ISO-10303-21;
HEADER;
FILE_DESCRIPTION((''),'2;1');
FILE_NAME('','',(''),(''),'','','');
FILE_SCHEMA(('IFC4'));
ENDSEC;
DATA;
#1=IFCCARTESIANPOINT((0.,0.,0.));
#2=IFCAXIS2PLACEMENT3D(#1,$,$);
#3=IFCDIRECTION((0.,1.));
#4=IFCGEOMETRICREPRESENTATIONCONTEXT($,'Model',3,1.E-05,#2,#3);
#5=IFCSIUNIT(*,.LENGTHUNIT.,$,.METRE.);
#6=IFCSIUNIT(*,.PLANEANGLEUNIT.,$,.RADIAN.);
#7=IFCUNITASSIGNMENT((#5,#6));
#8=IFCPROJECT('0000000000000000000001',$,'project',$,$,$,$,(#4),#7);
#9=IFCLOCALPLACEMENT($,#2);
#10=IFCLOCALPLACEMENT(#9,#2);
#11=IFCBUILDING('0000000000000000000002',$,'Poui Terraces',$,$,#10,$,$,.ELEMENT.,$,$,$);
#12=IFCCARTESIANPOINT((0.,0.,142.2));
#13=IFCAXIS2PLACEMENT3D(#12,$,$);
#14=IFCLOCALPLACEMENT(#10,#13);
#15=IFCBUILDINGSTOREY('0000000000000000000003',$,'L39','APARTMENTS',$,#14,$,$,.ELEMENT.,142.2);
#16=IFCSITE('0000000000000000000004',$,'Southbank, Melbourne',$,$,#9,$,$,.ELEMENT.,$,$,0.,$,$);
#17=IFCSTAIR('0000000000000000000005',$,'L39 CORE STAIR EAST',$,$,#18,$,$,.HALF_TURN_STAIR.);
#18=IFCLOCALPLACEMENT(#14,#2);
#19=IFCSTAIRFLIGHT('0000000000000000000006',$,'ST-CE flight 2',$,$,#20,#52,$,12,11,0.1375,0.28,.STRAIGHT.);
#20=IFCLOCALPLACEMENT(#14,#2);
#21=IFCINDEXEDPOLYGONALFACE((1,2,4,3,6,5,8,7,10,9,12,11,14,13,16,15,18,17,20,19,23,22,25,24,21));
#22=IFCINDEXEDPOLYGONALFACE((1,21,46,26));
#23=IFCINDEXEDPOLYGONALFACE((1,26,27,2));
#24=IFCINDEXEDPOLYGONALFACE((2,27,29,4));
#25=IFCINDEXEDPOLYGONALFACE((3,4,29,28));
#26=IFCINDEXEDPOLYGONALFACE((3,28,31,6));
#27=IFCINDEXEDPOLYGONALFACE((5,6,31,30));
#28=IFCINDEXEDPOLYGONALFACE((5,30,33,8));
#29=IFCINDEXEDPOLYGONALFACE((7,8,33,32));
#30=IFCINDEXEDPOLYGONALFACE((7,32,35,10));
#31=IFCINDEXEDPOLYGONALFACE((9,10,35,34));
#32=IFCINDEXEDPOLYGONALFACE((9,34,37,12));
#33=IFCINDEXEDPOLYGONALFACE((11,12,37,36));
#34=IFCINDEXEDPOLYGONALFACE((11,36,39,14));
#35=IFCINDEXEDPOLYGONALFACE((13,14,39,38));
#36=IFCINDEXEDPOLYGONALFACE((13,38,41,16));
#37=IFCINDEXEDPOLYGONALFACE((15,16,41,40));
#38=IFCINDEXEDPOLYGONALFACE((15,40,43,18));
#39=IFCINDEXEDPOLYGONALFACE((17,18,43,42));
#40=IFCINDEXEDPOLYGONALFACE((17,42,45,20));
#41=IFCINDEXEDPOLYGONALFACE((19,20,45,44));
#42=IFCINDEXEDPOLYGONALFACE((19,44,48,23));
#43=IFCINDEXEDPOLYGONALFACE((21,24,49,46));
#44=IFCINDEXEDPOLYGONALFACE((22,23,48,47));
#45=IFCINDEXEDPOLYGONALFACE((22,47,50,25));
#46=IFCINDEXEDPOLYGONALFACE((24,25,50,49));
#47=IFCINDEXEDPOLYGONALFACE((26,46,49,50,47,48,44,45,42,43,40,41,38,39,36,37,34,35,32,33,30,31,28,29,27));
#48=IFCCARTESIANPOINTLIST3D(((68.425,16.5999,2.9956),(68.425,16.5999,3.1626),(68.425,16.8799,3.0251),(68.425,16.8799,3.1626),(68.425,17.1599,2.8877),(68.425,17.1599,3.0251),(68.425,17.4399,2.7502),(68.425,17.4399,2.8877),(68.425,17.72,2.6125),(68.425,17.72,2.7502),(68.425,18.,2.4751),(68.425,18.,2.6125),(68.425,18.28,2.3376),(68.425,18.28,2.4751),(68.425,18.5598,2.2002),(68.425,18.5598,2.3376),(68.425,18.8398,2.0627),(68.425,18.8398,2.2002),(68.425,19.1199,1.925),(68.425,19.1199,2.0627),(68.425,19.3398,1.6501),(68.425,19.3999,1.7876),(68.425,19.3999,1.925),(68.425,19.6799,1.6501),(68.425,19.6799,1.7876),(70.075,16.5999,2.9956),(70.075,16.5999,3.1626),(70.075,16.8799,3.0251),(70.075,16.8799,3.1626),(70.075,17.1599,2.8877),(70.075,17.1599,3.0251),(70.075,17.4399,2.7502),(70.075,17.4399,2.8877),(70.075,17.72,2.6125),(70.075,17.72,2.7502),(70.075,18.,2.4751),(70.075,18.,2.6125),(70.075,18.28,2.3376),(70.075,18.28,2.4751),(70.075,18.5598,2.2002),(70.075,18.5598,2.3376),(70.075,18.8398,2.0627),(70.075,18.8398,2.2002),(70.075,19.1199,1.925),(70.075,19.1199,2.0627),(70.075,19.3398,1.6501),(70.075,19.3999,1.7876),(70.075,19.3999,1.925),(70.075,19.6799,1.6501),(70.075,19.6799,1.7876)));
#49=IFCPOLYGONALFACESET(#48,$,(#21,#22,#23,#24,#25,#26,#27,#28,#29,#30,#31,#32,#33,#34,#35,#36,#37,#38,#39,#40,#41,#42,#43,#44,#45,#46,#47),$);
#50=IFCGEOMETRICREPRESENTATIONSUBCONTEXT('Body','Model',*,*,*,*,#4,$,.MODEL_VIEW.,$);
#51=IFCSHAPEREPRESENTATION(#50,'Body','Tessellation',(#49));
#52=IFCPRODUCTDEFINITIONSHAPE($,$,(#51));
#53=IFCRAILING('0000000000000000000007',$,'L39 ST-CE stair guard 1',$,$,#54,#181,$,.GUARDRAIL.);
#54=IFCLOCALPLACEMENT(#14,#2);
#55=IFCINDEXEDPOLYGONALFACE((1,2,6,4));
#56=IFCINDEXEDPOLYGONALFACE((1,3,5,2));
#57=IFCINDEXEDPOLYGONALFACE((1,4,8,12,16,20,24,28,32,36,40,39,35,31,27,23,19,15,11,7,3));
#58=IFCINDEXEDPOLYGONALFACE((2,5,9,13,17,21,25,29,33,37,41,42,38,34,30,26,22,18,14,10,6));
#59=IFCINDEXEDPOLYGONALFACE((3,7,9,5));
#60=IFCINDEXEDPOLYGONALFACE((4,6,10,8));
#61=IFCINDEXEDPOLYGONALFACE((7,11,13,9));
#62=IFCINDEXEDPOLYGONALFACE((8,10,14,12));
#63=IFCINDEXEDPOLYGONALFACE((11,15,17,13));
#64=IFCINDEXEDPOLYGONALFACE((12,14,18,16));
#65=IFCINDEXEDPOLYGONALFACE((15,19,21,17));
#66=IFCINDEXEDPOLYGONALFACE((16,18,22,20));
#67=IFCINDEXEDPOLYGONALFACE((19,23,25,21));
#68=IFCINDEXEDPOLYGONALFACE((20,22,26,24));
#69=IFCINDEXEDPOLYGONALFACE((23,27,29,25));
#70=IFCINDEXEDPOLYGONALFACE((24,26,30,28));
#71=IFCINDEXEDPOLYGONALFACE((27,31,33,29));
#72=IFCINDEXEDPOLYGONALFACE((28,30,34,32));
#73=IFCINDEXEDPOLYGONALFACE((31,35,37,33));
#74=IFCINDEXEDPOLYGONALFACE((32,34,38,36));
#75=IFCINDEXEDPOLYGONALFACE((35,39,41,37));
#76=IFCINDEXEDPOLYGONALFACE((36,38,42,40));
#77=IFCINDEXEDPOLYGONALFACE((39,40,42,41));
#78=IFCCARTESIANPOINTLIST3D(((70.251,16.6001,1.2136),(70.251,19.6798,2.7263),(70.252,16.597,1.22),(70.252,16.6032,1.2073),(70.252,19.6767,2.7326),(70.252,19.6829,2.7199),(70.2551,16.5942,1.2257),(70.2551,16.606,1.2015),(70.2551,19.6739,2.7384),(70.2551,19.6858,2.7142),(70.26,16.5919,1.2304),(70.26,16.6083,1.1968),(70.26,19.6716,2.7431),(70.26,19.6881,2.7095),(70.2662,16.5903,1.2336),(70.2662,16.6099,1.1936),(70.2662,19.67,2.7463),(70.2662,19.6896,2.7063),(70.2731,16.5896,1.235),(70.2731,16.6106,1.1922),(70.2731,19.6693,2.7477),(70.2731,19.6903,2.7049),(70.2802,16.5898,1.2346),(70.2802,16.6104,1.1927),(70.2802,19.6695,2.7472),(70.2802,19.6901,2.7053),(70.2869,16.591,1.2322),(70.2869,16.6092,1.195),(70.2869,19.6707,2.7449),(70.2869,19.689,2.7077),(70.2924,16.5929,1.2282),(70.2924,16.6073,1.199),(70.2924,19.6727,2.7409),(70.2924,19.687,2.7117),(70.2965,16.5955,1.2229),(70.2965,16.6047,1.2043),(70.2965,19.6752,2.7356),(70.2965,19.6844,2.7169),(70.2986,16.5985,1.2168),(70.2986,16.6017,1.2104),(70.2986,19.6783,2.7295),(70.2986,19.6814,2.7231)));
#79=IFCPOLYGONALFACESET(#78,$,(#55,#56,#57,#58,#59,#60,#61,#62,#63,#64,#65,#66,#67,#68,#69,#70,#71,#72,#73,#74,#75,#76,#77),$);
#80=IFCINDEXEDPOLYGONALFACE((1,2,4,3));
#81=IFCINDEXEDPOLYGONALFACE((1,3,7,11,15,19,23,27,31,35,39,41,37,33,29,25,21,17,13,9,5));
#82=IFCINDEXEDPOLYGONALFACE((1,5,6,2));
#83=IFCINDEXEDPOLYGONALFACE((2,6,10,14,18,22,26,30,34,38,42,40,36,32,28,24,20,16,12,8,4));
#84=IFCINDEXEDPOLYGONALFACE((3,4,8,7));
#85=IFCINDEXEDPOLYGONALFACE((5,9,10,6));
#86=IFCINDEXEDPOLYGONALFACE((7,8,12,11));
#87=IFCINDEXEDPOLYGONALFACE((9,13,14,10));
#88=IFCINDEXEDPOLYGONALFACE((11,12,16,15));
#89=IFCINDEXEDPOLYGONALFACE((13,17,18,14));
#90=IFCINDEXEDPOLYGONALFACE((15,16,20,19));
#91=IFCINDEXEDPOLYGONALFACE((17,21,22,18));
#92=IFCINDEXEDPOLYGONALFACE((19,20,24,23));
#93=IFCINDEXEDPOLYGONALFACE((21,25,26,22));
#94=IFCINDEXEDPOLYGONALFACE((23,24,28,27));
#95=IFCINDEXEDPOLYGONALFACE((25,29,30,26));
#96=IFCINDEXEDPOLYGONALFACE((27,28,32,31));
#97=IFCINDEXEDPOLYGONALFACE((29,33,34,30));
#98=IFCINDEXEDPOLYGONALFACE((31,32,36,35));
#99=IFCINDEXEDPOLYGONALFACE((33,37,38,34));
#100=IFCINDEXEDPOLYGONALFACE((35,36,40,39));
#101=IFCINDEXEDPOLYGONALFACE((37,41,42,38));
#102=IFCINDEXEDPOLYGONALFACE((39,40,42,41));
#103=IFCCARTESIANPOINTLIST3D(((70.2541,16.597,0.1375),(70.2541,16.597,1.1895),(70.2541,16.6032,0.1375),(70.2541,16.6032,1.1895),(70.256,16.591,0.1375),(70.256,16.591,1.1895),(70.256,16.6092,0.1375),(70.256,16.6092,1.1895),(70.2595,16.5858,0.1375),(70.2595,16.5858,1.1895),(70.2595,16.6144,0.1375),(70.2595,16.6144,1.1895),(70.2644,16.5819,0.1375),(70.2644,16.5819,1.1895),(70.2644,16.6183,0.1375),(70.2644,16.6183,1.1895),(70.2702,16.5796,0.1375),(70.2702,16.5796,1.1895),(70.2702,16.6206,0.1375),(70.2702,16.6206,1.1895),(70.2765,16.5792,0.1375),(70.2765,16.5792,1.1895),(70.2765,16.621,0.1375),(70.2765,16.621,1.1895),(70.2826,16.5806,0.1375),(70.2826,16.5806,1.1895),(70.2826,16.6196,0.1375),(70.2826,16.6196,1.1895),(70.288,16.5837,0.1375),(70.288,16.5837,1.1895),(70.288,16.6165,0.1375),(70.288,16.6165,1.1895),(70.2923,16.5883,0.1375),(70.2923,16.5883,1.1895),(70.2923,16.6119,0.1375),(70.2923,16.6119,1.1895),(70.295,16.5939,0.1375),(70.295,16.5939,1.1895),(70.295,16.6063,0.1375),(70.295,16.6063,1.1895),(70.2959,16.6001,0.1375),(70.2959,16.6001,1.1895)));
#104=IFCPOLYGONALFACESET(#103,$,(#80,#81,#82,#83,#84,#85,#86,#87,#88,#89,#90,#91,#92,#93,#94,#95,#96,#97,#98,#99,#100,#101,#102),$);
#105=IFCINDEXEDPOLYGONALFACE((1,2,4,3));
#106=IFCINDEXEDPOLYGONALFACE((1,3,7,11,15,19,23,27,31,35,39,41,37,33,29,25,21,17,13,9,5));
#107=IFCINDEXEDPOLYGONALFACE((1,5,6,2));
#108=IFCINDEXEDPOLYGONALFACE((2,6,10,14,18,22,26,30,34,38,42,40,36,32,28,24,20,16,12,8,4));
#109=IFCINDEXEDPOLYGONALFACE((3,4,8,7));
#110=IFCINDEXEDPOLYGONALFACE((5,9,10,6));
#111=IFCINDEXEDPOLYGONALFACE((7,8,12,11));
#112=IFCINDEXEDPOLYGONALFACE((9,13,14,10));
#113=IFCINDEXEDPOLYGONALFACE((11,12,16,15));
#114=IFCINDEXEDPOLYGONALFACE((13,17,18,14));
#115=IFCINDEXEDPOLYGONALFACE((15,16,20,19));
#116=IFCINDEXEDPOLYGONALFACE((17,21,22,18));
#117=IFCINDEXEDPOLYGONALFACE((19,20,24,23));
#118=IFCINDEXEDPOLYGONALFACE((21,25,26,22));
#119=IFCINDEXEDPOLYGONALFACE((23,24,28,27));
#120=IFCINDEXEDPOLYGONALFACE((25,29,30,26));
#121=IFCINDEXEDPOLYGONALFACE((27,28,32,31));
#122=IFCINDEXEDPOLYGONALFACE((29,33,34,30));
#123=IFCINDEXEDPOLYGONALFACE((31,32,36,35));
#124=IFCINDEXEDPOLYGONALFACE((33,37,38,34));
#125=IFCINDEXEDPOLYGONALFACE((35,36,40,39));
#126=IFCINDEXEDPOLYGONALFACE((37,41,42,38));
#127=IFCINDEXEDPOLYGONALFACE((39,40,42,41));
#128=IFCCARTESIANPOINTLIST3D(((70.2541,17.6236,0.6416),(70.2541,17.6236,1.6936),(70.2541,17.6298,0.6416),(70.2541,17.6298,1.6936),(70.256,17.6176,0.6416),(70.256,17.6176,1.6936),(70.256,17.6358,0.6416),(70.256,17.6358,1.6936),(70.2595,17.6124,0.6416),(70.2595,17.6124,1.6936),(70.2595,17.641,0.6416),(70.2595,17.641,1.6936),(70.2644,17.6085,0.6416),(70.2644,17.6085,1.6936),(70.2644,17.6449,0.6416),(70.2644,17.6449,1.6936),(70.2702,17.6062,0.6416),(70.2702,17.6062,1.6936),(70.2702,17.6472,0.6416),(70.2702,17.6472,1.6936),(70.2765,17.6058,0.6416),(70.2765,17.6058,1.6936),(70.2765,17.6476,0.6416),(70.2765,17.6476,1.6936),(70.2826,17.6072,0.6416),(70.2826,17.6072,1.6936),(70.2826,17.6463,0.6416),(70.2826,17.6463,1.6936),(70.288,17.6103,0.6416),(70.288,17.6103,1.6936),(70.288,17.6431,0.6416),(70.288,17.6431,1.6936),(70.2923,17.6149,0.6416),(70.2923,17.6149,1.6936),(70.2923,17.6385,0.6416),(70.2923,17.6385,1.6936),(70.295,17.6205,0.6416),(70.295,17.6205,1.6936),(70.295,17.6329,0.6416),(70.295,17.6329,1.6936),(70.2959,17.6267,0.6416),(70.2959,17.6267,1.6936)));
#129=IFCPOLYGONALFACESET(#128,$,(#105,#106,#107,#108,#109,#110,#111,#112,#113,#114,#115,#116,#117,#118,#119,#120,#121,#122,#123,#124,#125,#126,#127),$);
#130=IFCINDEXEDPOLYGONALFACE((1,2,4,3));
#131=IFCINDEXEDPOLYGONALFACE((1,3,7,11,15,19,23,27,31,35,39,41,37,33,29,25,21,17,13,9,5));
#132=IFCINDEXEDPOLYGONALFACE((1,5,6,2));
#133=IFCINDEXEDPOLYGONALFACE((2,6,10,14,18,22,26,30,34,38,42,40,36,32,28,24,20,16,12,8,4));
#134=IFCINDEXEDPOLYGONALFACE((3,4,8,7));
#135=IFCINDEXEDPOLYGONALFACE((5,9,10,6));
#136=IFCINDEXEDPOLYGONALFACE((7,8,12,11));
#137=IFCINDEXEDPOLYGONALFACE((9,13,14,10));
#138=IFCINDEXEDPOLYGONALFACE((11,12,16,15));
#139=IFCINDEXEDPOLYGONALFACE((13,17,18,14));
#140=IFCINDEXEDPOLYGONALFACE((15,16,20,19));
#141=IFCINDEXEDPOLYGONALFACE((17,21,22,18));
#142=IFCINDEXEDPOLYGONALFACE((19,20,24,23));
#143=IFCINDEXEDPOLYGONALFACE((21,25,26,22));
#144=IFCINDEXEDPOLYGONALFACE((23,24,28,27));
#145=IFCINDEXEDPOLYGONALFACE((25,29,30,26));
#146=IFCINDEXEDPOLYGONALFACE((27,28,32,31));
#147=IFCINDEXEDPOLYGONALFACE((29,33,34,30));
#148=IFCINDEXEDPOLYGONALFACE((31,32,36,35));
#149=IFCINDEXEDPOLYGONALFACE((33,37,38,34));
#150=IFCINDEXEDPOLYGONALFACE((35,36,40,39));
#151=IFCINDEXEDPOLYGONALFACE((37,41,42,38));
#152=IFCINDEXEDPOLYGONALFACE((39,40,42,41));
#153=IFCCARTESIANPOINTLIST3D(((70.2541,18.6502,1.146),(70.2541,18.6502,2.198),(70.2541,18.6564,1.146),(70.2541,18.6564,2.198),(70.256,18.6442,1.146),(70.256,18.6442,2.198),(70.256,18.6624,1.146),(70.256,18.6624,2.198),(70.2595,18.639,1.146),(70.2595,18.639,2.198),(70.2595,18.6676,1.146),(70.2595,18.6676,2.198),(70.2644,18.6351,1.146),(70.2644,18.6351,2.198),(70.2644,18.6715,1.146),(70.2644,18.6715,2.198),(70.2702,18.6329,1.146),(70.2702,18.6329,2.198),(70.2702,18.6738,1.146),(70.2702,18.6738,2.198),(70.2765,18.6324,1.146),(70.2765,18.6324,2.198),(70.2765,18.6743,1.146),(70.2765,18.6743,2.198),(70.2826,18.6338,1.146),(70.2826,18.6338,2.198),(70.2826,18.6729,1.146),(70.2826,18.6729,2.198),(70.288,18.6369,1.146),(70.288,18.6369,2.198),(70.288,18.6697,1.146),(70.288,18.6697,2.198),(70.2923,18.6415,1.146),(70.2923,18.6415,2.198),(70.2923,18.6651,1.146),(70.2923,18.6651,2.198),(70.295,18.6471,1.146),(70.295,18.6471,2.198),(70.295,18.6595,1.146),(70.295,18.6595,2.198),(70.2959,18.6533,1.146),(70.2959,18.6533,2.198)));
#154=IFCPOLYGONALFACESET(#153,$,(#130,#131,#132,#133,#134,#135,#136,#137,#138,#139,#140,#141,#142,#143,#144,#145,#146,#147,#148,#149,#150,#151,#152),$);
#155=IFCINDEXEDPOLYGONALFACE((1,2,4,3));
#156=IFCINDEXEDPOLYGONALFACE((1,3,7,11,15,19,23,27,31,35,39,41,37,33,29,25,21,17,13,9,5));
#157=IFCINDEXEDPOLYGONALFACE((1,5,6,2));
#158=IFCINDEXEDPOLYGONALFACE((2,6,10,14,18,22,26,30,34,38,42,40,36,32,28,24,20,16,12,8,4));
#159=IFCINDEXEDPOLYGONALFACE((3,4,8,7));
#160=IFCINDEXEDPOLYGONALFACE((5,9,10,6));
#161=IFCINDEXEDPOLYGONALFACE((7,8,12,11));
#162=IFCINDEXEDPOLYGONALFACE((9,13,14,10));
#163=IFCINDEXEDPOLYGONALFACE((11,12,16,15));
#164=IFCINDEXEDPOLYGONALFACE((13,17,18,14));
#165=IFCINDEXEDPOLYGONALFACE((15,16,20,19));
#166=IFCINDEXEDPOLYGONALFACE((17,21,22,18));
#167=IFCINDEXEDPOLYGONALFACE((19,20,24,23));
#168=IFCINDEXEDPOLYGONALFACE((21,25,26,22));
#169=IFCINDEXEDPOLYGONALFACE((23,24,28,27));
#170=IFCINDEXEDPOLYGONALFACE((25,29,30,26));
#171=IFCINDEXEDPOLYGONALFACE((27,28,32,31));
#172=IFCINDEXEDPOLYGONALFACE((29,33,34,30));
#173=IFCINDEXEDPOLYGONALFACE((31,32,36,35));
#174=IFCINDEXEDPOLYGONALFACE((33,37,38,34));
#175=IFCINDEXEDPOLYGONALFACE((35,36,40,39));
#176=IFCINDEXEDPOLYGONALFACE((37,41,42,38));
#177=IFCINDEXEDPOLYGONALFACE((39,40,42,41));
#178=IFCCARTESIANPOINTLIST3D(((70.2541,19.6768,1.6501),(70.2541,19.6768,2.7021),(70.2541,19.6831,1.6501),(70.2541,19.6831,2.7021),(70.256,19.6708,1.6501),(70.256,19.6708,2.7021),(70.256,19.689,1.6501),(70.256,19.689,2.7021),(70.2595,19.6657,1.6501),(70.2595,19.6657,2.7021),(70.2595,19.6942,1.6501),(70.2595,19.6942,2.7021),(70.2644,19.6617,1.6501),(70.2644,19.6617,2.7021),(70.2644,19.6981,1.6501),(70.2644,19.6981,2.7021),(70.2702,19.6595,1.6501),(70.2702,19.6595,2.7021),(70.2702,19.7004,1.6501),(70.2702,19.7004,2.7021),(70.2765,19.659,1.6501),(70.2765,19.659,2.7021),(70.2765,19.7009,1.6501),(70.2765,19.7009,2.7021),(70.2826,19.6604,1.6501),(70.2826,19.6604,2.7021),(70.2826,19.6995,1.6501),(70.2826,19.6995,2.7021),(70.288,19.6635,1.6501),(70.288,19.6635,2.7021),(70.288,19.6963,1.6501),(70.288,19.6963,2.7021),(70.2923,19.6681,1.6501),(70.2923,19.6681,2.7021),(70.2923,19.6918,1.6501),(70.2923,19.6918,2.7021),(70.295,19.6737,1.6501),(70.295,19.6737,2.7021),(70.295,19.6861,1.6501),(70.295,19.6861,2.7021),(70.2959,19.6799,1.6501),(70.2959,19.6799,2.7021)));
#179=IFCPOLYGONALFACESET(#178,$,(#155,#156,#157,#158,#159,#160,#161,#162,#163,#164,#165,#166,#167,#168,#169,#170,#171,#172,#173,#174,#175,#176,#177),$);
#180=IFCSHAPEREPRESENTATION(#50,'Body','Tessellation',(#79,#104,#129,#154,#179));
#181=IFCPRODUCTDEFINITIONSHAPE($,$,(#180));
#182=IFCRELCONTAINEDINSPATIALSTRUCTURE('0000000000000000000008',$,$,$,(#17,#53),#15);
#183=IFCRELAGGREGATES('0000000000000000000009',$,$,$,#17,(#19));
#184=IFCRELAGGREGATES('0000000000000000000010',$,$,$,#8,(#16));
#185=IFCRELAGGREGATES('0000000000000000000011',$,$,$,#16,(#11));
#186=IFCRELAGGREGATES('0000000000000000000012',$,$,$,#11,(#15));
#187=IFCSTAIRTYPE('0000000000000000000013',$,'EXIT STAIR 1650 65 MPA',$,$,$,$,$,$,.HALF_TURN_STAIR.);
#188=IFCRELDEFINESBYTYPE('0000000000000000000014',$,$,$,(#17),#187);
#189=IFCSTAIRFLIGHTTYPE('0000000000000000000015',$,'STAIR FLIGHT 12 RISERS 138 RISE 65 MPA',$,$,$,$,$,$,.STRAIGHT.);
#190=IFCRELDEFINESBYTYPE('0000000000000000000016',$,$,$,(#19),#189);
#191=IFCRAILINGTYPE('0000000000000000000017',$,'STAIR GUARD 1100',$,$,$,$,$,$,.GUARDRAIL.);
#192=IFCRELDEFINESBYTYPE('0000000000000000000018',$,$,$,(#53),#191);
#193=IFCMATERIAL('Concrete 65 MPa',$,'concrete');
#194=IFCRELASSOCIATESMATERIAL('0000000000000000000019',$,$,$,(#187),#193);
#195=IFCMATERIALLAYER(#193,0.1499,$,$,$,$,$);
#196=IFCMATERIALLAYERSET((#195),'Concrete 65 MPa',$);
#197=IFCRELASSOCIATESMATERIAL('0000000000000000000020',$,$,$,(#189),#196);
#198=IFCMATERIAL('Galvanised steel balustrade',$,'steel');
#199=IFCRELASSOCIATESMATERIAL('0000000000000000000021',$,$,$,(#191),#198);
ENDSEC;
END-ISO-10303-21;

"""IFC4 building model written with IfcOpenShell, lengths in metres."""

from ifc_helpers import new_model, si_unit, direction, frame, origin, origin_2d, place, context, subcontext, project, spatial, polyline, circle, outline, extrude, material, layer, layer_set, type_object, element, aggregate, save


model = new_model("IFC4")

# Units and contexts
model_context = context("Model", 3, precision=1e-05, world=origin(), true_north=direction((0.0, 1.0)))
body_context = subcontext(model_context, "Body", "Model", "MODEL_VIEW")
ifc_project = project(units=[si_unit("LENGTHUNIT", "METRE"), si_unit("PLANEANGLEUNIT", "RADIAN")], contexts=[model_context])

# Site, building, storey
site_placement = place(None, origin())
site = spatial("IfcSite", under=ifc_project, at=site_placement, Name="Southbank, Melbourne", CompositionType="ELEMENT", RefElevation=0.0)
building_placement = place(site_placement, origin())
building = spatial("IfcBuilding", under=site, at=building_placement, Name="Poui Terraces", CompositionType="ELEMENT")
storey_placement = place(building_placement, frame((0.0, 0.0, 142.2)))
storey = spatial("IfcBuildingStorey", under=building, at=storey_placement, Name="L39", Description="APARTMENTS", CompositionType="ELEMENT", Elevation=142.2)

# Shared definitions
ifc_material_1 = material(Name="Concrete 65 MPa", Category="concrete")

# Stair, stair flight
stair_type = type_object("IfcStairType", Name="EXIT STAIR 1650 65 MPA", PredefinedType="HALF_TURN_STAIR", material=ifc_material_1)
stair_placement = place(storey_placement, origin())
stair = element("IfcStair", 1, at=stair_placement, inside=storey, type_object=stair_type, Name="L39 CORE STAIR EAST", PredefinedType="HALF_TURN_STAIR")
ifc_layer_1 = layer(ifc_material_1, 0.1499)
ifc_layer_set_1 = layer_set([ifc_layer_1], Name="Concrete 65 MPa")
stair_flight_type = type_object("IfcStairFlightType", Name="STAIR FLIGHT 12 RISERS 138 RISE 65 MPA", PredefinedType="STRAIGHT", material=ifc_layer_set_1)
stair_flight_1_placement = place(storey_placement, frame((69.25, 19.6799, 1.6501), z_axis=(0.0, 0.0, 1.0), x_axis=(0.0, -1.0, 0.0)))
stair_flight_1 = element("IfcStairFlight", 2, at=stair_flight_1_placement, type_object=stair_flight_type, Name="ST-CE flight 2", NumberOfRisers=12, NumberOfTreads=11, PredefinedType="STRAIGHT", RiserHeight=0.1375, TreadLength=0.28, context=body_context, shape_type="SweptSolid", body=[
    extrude(outline(polyline([(0.0, 0.0), (0.0, 0.1375), (0.28, 0.1375), (0.28, 0.2749), (0.5601, 0.2749), (0.5601, 0.4126), (0.8401, 0.4126), (0.8401, 0.55), (1.1201, 0.55), (1.1201, 0.6875), (1.3999, 0.6875), (1.3999, 0.825), (1.6799, 0.825), (1.6799, 0.9624), (1.96, 0.9624), (1.96, 1.1001), (2.24, 1.1001), (2.24, 1.2375), (2.52, 1.2375), (2.52, 1.375), (2.8, 1.375), (2.8, 1.5125), (3.0801, 1.5125), (3.0801, 1.6499), (3.0801, 1.3455), (0.3401, 0.0), (0.0, 0.0)])), frame((0.0, 0.825, 0.0), z_axis=(0.0, -1.0, 0.0), x_axis=(1.0, 0.0, 0.0)), (0.0, 0.0, 1.0), 1.6499),
])
aggregate(stair, [stair_flight_1])

# Railing
ifc_material_2 = material(Name="Galvanised steel balustrade", Category="steel")
railing_type_1 = type_object("IfcRailingType", Name="STAIR GUARD 1100", PredefinedType="GUARDRAIL", material=ifc_material_2)
railing_1_placement = place(storey_placement, frame((70.2749, 16.6001, 0.1375)))
element("IfcRailing", 3, at=railing_1_placement, inside=storey, type_object=railing_type_1, Name="L39 ST-CE stair guard 1", PredefinedType="GUARDRAIL", context=body_context, shape_type="SweptSolid", body=[
    extrude(circle(Radius=0.0239, at=origin_2d()), frame((0.0, 0.0, 1.0762), z_axis=(0.0, 0.897578, 0.440856), x_axis=(-1.0, 0.0, 0.0)), (0.0, 0.0, 1.0), 3.4312),
    extrude(circle(Radius=0.021, at=origin_2d()), origin(), (0.0, 0.0, 1.0), 1.052),
    extrude(circle(Radius=0.021, at=origin_2d()), frame((0.0, 1.0266, 0.5042)), (0.0, 0.0, 1.0), 1.052),
    extrude(circle(Radius=0.021, at=origin_2d()), frame((0.0, 2.0532, 1.0085)), (0.0, 0.0, 1.0), 1.052),
    extrude(circle(Radius=0.021, at=origin_2d()), frame((0.0, 3.0798, 1.5127)), (0.0, 0.0, 1.0), 1.052),
])

save(model, "model.ifc")
